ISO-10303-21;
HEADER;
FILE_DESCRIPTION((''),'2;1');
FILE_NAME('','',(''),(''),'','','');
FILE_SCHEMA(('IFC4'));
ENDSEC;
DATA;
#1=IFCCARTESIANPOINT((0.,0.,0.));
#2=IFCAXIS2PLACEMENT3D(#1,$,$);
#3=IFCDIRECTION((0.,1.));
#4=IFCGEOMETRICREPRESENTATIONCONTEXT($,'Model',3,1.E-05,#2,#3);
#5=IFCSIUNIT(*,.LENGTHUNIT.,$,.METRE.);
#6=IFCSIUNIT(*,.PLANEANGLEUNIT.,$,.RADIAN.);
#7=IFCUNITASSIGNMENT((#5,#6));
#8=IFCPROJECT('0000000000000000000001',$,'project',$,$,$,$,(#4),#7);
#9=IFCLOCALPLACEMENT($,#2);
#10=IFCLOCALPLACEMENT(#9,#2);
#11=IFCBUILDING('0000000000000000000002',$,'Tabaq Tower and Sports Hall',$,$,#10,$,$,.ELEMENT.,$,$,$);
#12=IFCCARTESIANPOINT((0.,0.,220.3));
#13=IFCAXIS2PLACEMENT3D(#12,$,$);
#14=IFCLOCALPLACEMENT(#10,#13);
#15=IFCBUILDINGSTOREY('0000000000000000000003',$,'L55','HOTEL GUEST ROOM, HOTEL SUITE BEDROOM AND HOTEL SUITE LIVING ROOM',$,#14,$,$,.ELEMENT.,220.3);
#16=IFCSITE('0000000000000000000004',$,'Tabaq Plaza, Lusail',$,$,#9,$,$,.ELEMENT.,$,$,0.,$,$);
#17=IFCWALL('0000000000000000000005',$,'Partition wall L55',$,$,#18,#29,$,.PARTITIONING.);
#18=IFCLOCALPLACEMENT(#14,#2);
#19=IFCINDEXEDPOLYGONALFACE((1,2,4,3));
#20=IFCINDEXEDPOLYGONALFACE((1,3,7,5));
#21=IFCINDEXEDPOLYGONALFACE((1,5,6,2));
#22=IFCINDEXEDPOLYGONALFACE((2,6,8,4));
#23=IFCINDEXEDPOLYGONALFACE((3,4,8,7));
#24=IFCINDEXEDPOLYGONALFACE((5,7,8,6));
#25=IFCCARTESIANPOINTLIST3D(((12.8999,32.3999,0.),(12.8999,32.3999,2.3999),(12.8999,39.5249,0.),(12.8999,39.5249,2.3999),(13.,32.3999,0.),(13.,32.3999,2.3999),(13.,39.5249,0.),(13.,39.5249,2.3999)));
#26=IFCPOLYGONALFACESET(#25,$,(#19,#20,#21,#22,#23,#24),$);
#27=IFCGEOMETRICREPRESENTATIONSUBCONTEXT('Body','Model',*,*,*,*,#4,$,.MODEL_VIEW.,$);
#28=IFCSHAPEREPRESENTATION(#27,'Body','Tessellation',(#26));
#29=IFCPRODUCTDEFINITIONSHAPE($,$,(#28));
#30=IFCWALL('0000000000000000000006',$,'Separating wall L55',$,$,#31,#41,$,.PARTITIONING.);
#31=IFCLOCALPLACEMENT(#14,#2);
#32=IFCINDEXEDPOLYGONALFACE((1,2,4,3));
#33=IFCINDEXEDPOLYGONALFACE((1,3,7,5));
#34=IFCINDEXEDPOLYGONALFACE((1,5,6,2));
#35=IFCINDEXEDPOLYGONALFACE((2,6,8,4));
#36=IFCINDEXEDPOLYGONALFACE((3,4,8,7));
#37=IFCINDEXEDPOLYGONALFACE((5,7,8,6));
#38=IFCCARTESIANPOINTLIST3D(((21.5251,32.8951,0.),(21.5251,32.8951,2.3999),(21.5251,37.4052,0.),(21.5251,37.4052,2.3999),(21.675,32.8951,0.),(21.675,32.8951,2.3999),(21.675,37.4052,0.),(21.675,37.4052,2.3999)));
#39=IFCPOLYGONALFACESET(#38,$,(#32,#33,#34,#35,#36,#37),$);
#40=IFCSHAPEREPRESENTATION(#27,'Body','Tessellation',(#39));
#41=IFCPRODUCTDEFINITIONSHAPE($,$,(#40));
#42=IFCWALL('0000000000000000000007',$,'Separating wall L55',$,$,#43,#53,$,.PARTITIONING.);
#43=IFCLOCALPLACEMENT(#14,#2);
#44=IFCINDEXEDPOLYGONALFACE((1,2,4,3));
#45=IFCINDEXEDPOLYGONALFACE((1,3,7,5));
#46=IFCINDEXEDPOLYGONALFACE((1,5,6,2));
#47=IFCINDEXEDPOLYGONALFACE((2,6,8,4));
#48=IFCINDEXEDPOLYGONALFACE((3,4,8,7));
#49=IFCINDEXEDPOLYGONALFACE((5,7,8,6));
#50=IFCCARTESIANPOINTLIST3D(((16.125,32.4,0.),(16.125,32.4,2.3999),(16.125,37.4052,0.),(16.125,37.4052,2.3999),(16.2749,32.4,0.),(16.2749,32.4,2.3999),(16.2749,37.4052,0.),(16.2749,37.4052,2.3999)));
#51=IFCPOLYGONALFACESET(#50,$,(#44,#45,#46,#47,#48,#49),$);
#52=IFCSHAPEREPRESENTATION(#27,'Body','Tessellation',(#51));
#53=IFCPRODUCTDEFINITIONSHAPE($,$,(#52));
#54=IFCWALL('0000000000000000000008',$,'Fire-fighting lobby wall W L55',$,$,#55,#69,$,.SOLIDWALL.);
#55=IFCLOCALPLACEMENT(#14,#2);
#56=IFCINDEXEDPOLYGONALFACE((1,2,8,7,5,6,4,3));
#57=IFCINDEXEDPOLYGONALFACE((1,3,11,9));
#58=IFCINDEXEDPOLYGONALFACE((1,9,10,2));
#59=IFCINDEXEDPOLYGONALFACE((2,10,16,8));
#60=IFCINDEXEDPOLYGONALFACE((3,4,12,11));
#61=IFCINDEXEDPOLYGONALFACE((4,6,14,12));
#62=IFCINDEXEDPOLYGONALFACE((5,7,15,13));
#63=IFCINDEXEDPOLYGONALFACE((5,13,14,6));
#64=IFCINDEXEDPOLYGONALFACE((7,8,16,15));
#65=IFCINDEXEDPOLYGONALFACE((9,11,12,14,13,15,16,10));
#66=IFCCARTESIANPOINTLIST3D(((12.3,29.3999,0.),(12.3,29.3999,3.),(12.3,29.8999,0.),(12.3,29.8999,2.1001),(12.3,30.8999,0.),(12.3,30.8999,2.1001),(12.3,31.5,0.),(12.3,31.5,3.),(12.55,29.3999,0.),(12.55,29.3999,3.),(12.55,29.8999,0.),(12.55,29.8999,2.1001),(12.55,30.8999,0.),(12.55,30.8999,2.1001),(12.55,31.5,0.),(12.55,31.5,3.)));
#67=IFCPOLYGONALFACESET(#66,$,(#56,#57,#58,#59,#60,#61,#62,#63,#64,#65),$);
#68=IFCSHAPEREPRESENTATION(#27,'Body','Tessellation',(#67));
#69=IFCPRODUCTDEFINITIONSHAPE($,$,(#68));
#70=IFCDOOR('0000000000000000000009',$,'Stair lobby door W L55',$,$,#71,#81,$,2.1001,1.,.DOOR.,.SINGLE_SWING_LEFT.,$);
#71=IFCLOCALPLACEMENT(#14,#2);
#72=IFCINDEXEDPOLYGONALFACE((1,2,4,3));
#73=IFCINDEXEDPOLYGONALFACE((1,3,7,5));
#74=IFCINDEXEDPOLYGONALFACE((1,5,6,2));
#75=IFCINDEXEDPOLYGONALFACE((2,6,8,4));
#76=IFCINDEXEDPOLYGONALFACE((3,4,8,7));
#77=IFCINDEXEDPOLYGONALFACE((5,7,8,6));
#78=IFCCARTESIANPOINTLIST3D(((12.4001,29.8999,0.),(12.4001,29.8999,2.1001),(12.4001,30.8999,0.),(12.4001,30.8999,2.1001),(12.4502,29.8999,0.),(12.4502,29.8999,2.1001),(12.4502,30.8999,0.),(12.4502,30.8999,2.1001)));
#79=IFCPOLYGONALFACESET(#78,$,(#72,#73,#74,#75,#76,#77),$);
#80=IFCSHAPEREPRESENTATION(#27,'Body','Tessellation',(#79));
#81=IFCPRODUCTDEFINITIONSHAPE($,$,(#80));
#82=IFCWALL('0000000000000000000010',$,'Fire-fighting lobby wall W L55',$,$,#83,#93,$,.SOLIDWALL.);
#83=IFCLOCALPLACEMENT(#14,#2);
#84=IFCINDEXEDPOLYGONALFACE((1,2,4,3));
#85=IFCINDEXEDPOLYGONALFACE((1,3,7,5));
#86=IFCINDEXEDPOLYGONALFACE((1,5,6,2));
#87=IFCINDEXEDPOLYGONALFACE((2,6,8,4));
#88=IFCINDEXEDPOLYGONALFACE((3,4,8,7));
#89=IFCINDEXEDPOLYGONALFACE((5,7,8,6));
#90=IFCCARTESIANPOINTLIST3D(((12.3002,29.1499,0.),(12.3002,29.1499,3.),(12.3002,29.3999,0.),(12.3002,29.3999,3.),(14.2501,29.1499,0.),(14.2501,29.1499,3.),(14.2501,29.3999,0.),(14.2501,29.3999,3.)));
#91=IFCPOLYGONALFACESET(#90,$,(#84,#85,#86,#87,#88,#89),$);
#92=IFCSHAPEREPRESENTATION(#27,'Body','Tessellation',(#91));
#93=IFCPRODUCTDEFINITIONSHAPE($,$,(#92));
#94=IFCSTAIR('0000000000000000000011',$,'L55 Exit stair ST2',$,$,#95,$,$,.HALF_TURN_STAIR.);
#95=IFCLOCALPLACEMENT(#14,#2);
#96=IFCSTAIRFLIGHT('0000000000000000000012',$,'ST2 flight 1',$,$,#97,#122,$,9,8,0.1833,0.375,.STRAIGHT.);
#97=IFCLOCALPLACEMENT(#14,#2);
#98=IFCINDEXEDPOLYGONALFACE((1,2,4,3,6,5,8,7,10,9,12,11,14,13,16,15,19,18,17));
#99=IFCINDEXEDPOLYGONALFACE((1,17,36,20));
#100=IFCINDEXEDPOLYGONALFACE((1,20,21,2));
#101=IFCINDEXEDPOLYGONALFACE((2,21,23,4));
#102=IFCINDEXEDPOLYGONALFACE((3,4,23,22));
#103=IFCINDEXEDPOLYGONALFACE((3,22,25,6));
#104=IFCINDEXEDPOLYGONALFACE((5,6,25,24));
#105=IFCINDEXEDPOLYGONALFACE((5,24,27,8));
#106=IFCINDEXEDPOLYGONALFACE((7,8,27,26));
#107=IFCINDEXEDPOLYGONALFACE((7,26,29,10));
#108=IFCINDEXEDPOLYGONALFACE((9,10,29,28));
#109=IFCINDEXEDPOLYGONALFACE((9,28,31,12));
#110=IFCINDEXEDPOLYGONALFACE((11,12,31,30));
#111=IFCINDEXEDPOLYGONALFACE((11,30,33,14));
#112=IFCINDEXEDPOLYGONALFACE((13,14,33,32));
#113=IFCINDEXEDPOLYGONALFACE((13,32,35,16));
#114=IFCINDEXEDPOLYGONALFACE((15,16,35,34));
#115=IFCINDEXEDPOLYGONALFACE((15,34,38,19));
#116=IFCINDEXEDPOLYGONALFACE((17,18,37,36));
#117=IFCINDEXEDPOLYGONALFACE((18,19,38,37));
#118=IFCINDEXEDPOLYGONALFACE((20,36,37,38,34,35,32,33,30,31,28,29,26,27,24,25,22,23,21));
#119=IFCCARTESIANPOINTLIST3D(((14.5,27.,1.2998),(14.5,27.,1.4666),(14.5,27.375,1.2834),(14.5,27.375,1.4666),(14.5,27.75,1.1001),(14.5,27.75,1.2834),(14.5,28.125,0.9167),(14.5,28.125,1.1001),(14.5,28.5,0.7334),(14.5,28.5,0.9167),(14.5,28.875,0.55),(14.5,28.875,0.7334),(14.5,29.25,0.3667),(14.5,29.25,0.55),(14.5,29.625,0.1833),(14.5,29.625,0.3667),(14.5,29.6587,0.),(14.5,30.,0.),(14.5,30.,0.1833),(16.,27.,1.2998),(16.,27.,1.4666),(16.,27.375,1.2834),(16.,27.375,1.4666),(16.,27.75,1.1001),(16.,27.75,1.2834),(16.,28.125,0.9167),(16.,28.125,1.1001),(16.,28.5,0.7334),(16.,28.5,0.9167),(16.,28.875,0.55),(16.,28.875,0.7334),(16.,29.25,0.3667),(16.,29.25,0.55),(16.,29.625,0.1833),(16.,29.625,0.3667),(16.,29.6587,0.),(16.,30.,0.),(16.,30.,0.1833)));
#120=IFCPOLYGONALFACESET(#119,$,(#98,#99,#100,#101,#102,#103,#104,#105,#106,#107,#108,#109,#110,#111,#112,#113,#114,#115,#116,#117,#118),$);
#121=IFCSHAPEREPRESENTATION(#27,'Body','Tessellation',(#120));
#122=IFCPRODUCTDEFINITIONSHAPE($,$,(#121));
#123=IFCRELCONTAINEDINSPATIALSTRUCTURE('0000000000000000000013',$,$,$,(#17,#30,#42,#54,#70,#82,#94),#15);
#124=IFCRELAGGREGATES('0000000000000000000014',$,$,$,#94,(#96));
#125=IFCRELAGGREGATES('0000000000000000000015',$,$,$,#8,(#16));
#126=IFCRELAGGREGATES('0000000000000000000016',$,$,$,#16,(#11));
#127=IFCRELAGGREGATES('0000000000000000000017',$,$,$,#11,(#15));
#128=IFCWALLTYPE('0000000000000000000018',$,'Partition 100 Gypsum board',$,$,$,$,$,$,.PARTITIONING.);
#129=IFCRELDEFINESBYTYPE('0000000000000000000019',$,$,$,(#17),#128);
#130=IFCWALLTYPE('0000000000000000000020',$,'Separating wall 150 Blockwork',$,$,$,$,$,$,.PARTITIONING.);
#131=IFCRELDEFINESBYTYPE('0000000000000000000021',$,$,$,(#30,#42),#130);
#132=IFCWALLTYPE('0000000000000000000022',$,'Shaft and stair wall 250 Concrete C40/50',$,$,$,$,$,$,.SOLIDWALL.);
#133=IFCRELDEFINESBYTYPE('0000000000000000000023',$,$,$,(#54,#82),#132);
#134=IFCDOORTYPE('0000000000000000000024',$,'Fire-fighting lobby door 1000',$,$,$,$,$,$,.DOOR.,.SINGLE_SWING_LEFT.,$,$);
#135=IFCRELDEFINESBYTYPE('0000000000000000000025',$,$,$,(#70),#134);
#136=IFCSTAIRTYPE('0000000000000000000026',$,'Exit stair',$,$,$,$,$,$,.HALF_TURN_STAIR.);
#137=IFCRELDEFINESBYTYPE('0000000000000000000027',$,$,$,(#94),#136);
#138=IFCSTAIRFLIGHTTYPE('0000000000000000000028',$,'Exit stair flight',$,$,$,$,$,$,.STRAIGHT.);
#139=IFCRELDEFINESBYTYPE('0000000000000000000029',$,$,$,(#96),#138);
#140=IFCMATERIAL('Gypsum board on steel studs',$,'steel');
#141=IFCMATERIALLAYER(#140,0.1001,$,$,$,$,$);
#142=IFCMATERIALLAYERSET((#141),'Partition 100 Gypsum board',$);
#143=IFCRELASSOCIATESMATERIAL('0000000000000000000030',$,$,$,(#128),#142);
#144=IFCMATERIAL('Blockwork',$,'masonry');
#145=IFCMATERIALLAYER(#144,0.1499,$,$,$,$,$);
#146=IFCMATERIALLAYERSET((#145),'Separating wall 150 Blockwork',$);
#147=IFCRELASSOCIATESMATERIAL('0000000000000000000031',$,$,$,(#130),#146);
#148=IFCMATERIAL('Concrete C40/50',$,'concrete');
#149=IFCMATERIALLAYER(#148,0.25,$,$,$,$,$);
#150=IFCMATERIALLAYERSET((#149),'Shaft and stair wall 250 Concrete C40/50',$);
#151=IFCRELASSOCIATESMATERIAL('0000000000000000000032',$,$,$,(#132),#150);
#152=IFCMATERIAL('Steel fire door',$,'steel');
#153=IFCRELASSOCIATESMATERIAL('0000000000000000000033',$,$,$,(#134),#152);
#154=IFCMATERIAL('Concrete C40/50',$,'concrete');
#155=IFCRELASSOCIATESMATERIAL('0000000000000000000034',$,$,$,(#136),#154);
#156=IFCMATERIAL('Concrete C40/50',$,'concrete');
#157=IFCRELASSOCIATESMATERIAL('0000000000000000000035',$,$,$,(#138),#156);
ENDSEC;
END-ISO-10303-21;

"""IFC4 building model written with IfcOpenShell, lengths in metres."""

from ifc_helpers import new_model, si_unit, direction, frame, frame_2d, origin, place, context, subcontext, project, spatial, polyline, rectangle, outline, extrude, material, layer, layer_set, type_object, element, fill, aggregate, save


model = new_model("IFC4")

# Units and contexts
model_context = context("Model", 3, precision=1e-05, world=origin(), true_north=direction((0.0, 1.0)))
body_context = subcontext(model_context, "Body", "Model", "MODEL_VIEW")
ifc_project = project(units=[si_unit("LENGTHUNIT", "METRE"), si_unit("PLANEANGLEUNIT", "RADIAN")], contexts=[model_context])

# Site, building, storey
site_placement = place(None, origin())
site = spatial("IfcSite", under=ifc_project, at=site_placement, Name="Tabaq Plaza, Lusail", CompositionType="ELEMENT", RefElevation=0.0)
building_placement = place(site_placement, origin())
building = spatial("IfcBuilding", under=site, at=building_placement, Name="Tabaq Tower and Sports Hall", CompositionType="ELEMENT")
storey_placement = place(building_placement, frame((0.0, 0.0, 220.3)))
storey = spatial("IfcBuildingStorey", under=building, at=storey_placement, Name="L55", Description="HOTEL GUEST ROOM, HOTEL SUITE BEDROOM AND HOTEL SUITE LIVING ROOM", CompositionType="ELEMENT", Elevation=220.3)

# Shared definitions
ifc_material_1 = material(Name="Gypsum board on steel studs", Category="steel")
ifc_layer_1 = layer(ifc_material_1, 0.1001)
ifc_layer_set_1 = layer_set([ifc_layer_1], Name="Partition 100 Gypsum board")
wall_type_1 = type_object("IfcWallType", Name="Partition 100 Gypsum board", PredefinedType="PARTITIONING", material=ifc_layer_set_1)

# Walls
wall_1_placement = place(storey_placement, frame((12.95, 32.3999, 0.0), z_axis=(0.0, 0.0, 1.0), x_axis=(0.0, 1.0, 0.0)))
element("IfcWall", 1, at=wall_1_placement, inside=storey, type_object=wall_type_1, Name="Partition wall L55", PredefinedType="PARTITIONING", context=body_context, shape_type="SweptSolid", body=[
    extrude(rectangle(XDim=7.125, YDim=0.1001, at=frame_2d((3.5625, 0.0))), origin(), (0.0, 0.0, 1.0), 2.3999),
])
ifc_material_2 = material(Name="Blockwork", Category="masonry")
ifc_layer_2 = layer(ifc_material_2, 0.1499)
ifc_layer_set_2 = layer_set([ifc_layer_2], Name="Separating wall 150 Blockwork")
wall_type_2 = type_object("IfcWallType", Name="Separating wall 150 Blockwork", PredefinedType="PARTITIONING", material=ifc_layer_set_2)
wall_2_placement = place(storey_placement, frame((21.6001, 37.405, 0.0), z_axis=(0.0, 0.0, 1.0), x_axis=(0.0, -1.0, 0.0)))
element("IfcWall", 2, at=wall_2_placement, inside=storey, type_object=wall_type_2, Name="Separating wall L55", PredefinedType="PARTITIONING", context=body_context, shape_type="SweptSolid", body=[
    extrude(rectangle(XDim=4.51, YDim=0.1499, at=frame_2d((2.2549, 0.0))), origin(), (0.0, 0.0, 1.0), 2.3999),
])
wall_3_placement = place(storey_placement, frame((16.2, 37.405, 0.0), z_axis=(0.0, 0.0, 1.0), x_axis=(0.0, -1.0, 0.0)))
element("IfcWall", 3, at=wall_3_placement, inside=storey, type_object=wall_type_2, Name="Separating wall L55", PredefinedType="PARTITIONING", context=body_context, shape_type="SweptSolid", body=[
    extrude(rectangle(XDim=5.0051, YDim=0.1499, at=frame_2d((2.5024, 0.0))), origin(), (0.0, 0.0, 1.0), 2.3999),
])

# Wall, opening, door
ifc_material_3 = material(Name="Concrete C40/50", Category="concrete")
ifc_layer_3 = layer(ifc_material_3, 0.25)
ifc_layer_set_3 = layer_set([ifc_layer_3], Name="Shaft and stair wall 250 Concrete C40/50")
wall_type_3 = type_object("IfcWallType", Name="Shaft and stair wall 250 Concrete C40/50", PredefinedType="SOLIDWALL", material=ifc_layer_set_3)
wall_4_placement = place(storey_placement, frame((12.425, 29.3999, 0.0), z_axis=(0.0, 0.0, 1.0), x_axis=(0.0, 1.0, 0.0)))
wall_4 = element("IfcWall", 4, at=wall_4_placement, inside=storey, type_object=wall_type_3, Name="Fire-fighting lobby wall W L55", PredefinedType="SOLIDWALL", context=body_context, shape_type="SweptSolid", body=[
    extrude(rectangle(XDim=2.1001, YDim=0.25, at=frame_2d((1.05, 0.0))), origin(), (0.0, 0.0, 1.0), 3.0),
])
opening_1_placement = place(wall_4_placement, frame((0.5, 0.0, 0.0)))
opening_1 = element("IfcOpeningElement", 5, at=opening_1_placement, cuts=wall_4, PredefinedType="OPENING", context=body_context, shape_type="SweptSolid", body=[
    extrude(rectangle(XDim=1.0, YDim=2.1001, at=frame_2d((0.5, 1.05))), frame((0.0, 0.125, 0.0), z_axis=(0.0, -1.0, 0.0), x_axis=(1.0, 0.0, 0.0)), (0.0, 0.0, 1.0), 0.25),
])
ifc_material_4 = material(Name="Steel fire door", Category="steel")
door_type_1 = type_object("IfcDoorType", Name="Fire-fighting lobby door 1000", OperationType="SINGLE_SWING_LEFT", PredefinedType="DOOR", material=ifc_material_4)
door_1_placement = place(opening_1_placement, origin())
door_1 = element("IfcDoor", 6, at=door_1_placement, inside=storey, type_object=door_type_1, Name="Stair lobby door W L55", OperationType="SINGLE_SWING_LEFT", OverallHeight=2.1001, OverallWidth=1.0, PredefinedType="DOOR", context=body_context, shape_type="SweptSolid", body=[
    extrude(rectangle(XDim=1.0, YDim=2.1001, at=frame_2d((0.5, 1.05))), frame((0.0, 0.0249, 0.0), z_axis=(0.0, -1.0, 0.0), x_axis=(1.0, 0.0, 0.0)), (0.0, 0.0, 1.0), 0.05),
])
fill(opening_1, door_1)

# Wall
wall_5_placement = place(storey_placement, frame((12.3, 29.2749, 0.0), z_axis=(0.0, 0.0, 1.0), x_axis=(1.0, 0.0, 0.0)))
element("IfcWall", 7, at=wall_5_placement, inside=storey, type_object=wall_type_3, Name="Fire-fighting lobby wall W L55", PredefinedType="SOLIDWALL", context=body_context, shape_type="SweptSolid", body=[
    extrude(rectangle(XDim=1.95, YDim=0.25, at=frame_2d((0.9751, 0.0))), origin(), (0.0, 0.0, 1.0), 3.0),
])

# Stair, stair flight
ifc_material_5 = material(Name="Concrete C40/50", Category="concrete")
stair_type = type_object("IfcStairType", Name="Exit stair", PredefinedType="HALF_TURN_STAIR", material=ifc_material_5)
stair_placement = place(storey_placement, origin())
stair = element("IfcStair", 8, at=stair_placement, inside=storey, type_object=stair_type, Name="L55 Exit stair ST2", PredefinedType="HALF_TURN_STAIR")
ifc_material_6 = material(Name="Concrete C40/50", Category="concrete")
stair_flight_type = type_object("IfcStairFlightType", Name="Exit stair flight", PredefinedType="STRAIGHT", material=ifc_material_6)
stair_flight_placement = place(storey_placement, frame((15.25, 30.0, 0.0), z_axis=(0.0, 0.0, 1.0), x_axis=(0.0, -1.0, 0.0)))
stair_flight = element("IfcStairFlight", 9, at=stair_flight_placement, type_object=stair_flight_type, Name="ST2 flight 1", NumberOfRisers=9, NumberOfTreads=8, PredefinedType="STRAIGHT", RiserHeight=0.1833, TreadLength=0.375, context=body_context, shape_type="SweptSolid", body=[
    extrude(outline(polyline([(0.0, 0.0), (0.0, 0.1833), (0.375, 0.1833), (0.375, 0.3667), (0.75, 0.3667), (0.75, 0.55), (1.125, 0.55), (1.125, 0.7334), (1.5, 0.7334), (1.5, 0.9167), (1.875, 0.9167), (1.875, 1.1001), (2.25, 1.1001), (2.25, 1.2834), (2.625, 1.2834), (2.625, 1.4666), (3.0, 1.4666), (3.0, 1.6499), (3.0, 1.2998), (0.3413, 0.0), (0.0, 0.0)])), frame((0.0, 0.75, 0.0), z_axis=(0.0, -1.0, 0.0), x_axis=(1.0, 0.0, 0.0)), (0.0, 0.0, 1.0), 1.5),
])
aggregate(stair, [stair_flight])

save(model, "model.ifc")
